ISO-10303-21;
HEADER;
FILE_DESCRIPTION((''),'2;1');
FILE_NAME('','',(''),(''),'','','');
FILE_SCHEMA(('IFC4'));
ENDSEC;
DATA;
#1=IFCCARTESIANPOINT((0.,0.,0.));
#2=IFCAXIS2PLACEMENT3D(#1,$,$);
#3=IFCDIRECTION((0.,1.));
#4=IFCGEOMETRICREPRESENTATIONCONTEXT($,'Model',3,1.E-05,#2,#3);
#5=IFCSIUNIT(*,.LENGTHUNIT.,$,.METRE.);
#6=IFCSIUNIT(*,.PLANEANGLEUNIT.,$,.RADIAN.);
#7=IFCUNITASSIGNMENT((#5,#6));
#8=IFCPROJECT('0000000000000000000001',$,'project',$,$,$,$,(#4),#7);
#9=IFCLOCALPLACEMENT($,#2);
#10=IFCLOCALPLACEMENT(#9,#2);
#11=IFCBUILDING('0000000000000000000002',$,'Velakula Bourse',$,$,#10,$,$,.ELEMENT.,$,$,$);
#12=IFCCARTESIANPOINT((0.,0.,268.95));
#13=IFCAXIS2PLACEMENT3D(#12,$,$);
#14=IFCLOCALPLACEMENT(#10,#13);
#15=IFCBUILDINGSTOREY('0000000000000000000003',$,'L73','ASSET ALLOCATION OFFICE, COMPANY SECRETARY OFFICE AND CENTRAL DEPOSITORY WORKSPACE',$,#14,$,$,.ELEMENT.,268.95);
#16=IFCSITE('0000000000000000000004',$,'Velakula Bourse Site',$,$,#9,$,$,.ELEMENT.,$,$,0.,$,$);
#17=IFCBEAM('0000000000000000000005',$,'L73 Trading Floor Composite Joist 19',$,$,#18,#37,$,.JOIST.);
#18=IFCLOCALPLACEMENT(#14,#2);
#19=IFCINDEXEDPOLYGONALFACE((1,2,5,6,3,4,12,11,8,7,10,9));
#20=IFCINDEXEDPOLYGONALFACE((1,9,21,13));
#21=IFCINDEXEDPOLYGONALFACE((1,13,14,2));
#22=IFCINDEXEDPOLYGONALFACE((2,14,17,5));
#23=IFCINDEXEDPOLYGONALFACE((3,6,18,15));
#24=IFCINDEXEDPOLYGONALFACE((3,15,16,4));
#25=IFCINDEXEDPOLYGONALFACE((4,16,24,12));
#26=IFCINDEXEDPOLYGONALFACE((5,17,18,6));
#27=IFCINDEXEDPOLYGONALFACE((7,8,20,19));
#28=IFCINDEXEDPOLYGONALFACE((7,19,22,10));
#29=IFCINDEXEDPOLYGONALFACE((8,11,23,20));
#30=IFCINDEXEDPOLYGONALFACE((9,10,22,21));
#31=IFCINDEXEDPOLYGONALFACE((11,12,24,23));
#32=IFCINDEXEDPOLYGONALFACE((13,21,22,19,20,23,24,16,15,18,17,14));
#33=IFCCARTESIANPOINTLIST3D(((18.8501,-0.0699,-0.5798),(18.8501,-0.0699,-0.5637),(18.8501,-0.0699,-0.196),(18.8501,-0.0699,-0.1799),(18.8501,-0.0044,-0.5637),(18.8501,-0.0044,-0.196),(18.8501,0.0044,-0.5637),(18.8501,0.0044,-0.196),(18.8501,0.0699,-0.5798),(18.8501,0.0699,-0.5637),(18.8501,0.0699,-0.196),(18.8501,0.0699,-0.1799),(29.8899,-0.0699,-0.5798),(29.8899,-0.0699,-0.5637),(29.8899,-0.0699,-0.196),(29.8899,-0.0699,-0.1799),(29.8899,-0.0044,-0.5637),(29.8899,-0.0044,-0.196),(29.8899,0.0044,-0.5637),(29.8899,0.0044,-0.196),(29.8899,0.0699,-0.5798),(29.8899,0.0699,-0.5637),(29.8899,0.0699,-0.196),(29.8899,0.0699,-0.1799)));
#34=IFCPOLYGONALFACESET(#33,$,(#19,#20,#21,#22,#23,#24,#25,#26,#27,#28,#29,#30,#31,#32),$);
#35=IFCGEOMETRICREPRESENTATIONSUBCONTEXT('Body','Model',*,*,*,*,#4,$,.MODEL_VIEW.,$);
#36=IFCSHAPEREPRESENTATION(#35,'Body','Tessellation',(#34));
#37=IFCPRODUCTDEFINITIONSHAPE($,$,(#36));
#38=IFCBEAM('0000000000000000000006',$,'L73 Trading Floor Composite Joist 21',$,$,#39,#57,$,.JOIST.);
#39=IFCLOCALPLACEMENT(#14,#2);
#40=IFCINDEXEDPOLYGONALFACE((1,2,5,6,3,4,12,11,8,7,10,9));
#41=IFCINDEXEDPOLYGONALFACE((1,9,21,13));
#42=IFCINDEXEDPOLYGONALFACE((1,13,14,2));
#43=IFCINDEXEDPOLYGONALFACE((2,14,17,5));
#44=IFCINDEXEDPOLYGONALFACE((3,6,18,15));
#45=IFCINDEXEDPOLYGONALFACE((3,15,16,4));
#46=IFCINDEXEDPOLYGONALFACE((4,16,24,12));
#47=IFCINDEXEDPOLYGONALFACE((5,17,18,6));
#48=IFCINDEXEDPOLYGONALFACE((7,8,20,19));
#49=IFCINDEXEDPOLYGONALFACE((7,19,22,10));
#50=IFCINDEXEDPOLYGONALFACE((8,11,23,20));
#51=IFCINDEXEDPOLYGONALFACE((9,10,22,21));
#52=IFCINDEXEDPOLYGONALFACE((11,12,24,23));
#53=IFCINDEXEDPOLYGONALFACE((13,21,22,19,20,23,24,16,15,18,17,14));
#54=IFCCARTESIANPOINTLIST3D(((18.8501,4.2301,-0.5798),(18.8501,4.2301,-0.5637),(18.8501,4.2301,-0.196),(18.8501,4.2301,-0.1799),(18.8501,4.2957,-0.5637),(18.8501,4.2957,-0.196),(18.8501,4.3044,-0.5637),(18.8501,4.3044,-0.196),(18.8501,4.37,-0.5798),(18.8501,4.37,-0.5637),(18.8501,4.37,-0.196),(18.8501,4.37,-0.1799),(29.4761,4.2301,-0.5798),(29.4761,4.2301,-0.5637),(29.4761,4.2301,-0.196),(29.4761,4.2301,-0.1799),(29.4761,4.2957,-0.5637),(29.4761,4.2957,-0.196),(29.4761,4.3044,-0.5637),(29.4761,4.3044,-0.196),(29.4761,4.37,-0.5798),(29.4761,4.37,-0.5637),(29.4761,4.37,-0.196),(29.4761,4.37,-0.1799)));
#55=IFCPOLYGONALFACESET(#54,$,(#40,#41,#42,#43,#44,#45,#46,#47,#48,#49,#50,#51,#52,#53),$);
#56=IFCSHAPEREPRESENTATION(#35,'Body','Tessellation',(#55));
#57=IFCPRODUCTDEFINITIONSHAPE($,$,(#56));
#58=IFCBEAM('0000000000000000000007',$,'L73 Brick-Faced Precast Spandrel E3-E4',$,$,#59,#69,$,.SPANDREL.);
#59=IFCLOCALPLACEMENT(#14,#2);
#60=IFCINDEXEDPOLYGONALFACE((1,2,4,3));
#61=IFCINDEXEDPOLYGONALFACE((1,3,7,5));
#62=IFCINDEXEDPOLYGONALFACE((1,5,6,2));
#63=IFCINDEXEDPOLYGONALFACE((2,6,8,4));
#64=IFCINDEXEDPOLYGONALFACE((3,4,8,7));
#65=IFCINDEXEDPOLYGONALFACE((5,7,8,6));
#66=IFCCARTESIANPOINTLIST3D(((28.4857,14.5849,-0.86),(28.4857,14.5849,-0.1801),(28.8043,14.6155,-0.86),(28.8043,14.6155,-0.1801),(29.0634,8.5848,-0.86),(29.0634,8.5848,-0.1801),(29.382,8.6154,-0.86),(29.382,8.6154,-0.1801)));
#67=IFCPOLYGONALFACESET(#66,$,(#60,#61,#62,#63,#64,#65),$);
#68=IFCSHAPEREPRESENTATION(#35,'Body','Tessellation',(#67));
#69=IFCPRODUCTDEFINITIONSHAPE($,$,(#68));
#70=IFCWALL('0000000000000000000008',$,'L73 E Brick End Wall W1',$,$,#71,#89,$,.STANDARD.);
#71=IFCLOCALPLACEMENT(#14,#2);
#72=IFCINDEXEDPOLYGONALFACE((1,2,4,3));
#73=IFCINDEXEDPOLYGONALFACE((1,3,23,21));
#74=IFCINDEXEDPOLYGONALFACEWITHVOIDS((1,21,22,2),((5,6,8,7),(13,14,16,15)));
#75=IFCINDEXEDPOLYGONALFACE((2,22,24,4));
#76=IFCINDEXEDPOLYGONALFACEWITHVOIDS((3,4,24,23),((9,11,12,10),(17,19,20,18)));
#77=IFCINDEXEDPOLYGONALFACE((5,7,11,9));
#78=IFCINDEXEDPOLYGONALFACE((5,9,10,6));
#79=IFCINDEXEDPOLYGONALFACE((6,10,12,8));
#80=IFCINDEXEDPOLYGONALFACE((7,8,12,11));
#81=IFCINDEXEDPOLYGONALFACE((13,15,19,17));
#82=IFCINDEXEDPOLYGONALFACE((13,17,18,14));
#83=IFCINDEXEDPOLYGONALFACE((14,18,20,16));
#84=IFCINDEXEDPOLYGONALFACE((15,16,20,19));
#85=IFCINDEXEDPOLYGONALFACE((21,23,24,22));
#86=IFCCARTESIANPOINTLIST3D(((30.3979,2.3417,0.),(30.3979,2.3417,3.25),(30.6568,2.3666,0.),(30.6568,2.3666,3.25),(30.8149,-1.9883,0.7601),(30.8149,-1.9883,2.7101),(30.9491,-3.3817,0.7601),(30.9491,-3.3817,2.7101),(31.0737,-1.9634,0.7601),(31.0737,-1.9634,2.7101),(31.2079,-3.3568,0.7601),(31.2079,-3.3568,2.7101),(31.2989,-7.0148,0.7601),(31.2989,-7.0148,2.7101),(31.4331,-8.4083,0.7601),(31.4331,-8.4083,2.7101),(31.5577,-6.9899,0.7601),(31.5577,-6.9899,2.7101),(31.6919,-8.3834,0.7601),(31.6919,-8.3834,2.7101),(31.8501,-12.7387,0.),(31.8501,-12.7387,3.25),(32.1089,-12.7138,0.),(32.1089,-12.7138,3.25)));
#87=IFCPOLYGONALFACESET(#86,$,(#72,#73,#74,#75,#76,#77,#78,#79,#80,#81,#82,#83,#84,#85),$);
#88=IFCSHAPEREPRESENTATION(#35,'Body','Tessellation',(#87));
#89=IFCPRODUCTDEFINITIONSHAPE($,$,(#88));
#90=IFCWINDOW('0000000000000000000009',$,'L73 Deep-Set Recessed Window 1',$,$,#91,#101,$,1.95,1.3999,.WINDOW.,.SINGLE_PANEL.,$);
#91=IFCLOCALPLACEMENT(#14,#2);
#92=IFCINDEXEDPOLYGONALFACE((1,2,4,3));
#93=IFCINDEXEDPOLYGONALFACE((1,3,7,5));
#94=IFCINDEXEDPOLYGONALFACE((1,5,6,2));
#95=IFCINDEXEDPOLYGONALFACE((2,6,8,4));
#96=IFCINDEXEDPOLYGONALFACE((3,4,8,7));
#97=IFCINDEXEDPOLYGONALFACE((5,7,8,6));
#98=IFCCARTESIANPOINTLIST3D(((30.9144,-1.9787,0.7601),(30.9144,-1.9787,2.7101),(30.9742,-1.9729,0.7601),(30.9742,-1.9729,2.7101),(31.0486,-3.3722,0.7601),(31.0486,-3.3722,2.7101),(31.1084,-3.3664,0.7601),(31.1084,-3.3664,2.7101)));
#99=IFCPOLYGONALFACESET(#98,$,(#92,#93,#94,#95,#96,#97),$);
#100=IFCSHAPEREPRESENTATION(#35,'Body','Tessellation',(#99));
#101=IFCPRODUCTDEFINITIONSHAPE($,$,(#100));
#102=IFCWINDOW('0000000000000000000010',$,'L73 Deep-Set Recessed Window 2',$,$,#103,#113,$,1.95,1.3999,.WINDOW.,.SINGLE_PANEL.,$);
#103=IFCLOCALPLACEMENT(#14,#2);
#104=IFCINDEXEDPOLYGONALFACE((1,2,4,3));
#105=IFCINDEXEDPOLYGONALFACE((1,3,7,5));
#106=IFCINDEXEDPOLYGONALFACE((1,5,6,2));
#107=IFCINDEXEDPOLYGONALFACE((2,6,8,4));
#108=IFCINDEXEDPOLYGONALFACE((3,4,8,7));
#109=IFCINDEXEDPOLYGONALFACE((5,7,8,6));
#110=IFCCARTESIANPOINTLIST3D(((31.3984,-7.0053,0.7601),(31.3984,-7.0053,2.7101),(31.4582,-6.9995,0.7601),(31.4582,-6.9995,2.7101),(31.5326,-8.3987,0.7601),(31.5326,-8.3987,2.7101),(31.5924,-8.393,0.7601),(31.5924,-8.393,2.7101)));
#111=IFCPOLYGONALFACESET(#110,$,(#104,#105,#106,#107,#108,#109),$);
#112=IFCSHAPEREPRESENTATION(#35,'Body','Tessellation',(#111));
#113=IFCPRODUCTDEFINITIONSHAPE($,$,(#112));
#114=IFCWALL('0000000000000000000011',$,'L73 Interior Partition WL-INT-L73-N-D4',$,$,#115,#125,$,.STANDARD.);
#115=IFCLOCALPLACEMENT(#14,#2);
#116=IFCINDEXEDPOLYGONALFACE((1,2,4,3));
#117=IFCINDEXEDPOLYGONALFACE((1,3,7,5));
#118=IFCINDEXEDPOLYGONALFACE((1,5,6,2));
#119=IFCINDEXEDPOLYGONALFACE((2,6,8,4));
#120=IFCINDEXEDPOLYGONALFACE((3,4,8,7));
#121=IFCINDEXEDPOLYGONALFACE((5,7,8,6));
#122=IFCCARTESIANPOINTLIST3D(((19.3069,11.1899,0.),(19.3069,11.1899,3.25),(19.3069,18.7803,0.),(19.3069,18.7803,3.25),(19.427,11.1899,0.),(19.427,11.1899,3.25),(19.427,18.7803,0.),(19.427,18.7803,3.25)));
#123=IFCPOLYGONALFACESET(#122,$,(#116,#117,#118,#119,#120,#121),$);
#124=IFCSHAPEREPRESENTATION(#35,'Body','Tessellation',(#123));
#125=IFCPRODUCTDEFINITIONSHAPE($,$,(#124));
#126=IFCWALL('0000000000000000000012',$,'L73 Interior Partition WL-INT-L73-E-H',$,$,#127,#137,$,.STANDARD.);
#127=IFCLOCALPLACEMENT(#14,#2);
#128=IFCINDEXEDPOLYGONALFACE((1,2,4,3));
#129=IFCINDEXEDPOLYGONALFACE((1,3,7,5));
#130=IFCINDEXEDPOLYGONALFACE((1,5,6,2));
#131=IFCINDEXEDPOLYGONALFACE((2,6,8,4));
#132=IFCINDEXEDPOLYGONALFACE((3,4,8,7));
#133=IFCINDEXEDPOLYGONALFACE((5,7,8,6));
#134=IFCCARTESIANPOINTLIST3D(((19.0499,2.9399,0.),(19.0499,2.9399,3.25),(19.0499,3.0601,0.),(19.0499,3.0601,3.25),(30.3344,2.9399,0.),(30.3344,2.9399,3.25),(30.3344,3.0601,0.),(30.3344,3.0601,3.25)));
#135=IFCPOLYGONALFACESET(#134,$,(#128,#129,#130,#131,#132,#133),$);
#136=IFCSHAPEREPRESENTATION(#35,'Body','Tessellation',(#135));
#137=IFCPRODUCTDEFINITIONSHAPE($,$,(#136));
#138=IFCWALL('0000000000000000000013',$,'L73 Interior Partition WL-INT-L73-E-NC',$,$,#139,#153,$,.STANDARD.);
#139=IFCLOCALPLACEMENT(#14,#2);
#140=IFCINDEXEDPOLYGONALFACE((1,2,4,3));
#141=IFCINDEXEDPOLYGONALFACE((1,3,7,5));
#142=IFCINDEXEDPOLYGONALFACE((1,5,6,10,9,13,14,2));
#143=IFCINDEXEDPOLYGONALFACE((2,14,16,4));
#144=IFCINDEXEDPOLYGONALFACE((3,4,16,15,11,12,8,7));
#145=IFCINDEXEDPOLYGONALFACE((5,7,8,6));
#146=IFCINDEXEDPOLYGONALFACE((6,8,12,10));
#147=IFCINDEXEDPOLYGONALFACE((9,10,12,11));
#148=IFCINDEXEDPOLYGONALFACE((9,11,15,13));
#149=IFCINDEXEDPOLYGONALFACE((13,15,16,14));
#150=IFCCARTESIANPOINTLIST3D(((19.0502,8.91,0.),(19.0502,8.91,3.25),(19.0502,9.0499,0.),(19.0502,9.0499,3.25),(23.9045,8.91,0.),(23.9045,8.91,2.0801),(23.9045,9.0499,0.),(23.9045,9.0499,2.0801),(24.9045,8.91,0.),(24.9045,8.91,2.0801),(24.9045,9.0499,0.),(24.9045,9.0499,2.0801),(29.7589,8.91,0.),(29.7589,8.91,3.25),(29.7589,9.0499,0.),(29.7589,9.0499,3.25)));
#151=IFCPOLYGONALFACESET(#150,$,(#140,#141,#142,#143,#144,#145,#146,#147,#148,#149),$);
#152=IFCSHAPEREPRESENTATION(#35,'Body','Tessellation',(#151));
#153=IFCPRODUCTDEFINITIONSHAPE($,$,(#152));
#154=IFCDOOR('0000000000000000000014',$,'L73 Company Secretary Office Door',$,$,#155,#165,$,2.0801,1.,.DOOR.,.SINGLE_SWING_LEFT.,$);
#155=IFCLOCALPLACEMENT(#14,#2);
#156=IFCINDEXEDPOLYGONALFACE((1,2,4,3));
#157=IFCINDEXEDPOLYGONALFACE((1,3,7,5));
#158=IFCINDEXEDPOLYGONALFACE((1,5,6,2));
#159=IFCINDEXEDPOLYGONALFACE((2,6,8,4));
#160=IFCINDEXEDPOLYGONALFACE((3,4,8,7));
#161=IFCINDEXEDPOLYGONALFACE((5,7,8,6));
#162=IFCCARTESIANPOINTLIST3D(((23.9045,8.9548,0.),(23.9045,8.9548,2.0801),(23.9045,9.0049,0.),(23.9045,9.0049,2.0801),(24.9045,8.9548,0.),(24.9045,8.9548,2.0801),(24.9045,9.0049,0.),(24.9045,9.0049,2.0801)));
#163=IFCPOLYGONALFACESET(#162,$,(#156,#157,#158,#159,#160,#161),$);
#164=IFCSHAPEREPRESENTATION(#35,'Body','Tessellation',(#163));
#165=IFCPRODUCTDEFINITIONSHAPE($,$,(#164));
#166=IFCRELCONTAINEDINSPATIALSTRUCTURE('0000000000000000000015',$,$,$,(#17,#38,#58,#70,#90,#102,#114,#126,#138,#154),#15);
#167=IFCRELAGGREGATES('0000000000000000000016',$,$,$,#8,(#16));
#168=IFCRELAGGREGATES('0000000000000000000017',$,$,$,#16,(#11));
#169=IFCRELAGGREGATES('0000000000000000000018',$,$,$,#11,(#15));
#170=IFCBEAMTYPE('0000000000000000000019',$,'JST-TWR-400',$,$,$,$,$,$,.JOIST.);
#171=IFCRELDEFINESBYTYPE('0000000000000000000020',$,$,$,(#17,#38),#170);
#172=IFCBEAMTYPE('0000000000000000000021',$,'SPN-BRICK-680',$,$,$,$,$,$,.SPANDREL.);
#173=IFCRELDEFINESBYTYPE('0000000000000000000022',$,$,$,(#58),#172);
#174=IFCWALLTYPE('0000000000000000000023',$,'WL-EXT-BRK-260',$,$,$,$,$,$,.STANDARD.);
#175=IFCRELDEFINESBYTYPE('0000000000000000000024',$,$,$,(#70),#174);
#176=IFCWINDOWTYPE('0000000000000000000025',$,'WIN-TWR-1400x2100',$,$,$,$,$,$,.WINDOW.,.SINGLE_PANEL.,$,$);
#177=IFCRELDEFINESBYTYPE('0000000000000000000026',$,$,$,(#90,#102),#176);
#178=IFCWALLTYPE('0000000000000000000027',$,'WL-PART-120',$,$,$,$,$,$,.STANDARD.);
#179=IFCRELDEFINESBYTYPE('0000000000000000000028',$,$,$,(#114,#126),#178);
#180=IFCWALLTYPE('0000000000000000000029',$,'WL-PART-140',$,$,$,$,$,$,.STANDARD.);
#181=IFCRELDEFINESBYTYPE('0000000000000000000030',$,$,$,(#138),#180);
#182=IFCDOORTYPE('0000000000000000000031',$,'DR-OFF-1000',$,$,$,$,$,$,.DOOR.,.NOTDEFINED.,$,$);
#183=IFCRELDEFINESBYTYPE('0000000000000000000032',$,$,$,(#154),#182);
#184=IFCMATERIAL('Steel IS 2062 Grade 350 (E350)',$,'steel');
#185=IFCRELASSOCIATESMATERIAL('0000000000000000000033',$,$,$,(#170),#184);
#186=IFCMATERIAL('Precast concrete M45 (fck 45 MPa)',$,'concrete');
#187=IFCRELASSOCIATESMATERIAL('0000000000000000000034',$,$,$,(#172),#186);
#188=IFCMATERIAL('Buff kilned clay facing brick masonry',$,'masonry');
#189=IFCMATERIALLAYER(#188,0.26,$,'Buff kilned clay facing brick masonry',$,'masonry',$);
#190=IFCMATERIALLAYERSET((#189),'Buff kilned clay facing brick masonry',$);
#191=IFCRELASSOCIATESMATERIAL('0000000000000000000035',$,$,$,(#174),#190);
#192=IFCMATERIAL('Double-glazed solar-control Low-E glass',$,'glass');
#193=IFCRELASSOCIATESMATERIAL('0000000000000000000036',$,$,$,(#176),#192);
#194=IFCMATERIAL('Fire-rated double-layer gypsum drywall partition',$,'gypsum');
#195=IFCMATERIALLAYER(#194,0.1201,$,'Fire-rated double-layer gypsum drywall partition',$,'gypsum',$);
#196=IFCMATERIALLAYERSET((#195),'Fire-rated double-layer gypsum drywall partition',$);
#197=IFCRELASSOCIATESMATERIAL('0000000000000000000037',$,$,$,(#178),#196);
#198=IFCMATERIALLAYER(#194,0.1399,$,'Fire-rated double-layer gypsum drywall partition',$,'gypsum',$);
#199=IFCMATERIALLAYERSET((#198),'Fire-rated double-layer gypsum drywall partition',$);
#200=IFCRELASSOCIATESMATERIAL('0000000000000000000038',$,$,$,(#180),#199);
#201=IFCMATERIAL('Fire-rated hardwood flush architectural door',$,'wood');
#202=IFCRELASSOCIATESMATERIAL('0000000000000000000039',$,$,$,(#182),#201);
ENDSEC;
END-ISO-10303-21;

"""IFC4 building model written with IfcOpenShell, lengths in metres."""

from ifc_helpers import new_model, si_unit, direction, frame, frame_2d, origin, origin_2d, place, context, subcontext, project, spatial, rectangle, i_section, extrude, material, layer, layer_set, material_profile, profile_set, type_object, element, fill, save


model = new_model("IFC4")

# Units and contexts
model_context = context("Model", 3, precision=1e-05, world=origin(), true_north=direction((0.0, 1.0)))
body_context = subcontext(model_context, "Body", "Model", "MODEL_VIEW")
ifc_project = project(units=[si_unit("LENGTHUNIT", "METRE"), si_unit("PLANEANGLEUNIT", "RADIAN")], contexts=[model_context])

# Site, building, storey
site_placement = place(None, origin())
site = spatial("IfcSite", under=ifc_project, at=site_placement, Name="Velakula Bourse Site", CompositionType="ELEMENT", RefElevation=0.0)
building_placement = place(site_placement, origin())
building = spatial("IfcBuilding", under=site, at=building_placement, Name="Velakula Bourse", CompositionType="ELEMENT")
storey_placement = place(building_placement, frame((0.0, 0.0, 268.95)))
storey = spatial("IfcBuildingStorey", under=building, at=storey_placement, Name="L73", Description="ASSET ALLOCATION OFFICE, COMPANY SECRETARY OFFICE AND CENTRAL DEPOSITORY WORKSPACE", CompositionType="ELEMENT", Elevation=268.95)

# Shared definitions
ifc_material_1 = material(Name="Steel IS 2062 Grade 350 (E350)", Category="steel")

# Beams
ifc_material_profile_1 = material_profile(ifc_material_1, i_section(OverallWidth=0.1399, OverallDepth=0.3999, WebThickness=0.0088, FlangeThickness=0.0161, at=origin_2d()), Name="Steel IS 2062 Grade 350 (E350)")
ifc_profile_set_1 = profile_set([ifc_material_profile_1], Name="Steel IS 2062 Grade 350 (E350)")
beam_type_1 = type_object("IfcBeamType", Name="JST-TWR-400", PredefinedType="JOIST", material=ifc_profile_set_1)
beam_1_placement = place(storey_placement, frame((18.8501, 0.0, -0.3799), z_axis=(1.0, 0.0, 0.0), x_axis=(0.0, 1.0, 0.0)))
element("IfcBeam", 1, at=beam_1_placement, inside=storey, type_object=beam_type_1, Name="L73 Trading Floor Composite Joist 19", PredefinedType="JOIST", context=body_context, shape_type="SweptSolid", body=[
    extrude(i_section(OverallWidth=0.1399, OverallDepth=0.3999, WebThickness=0.0088, FlangeThickness=0.0161, at=origin_2d()), origin(), (0.0, 0.0, 1.0), 11.0398),
])
beam_2_placement = place(storey_placement, frame((18.8501, 4.3, -0.3799), z_axis=(1.0, 0.0, 0.0), x_axis=(0.0, 1.0, 0.0)))
element("IfcBeam", 2, at=beam_2_placement, inside=storey, type_object=beam_type_1, Name="L73 Trading Floor Composite Joist 21", PredefinedType="JOIST", context=body_context, shape_type="SweptSolid", body=[
    extrude(i_section(OverallWidth=0.1399, OverallDepth=0.3999, WebThickness=0.0088, FlangeThickness=0.0161, at=origin_2d()), origin(), (0.0, 0.0, 1.0), 10.626),
])
ifc_material_2 = material(Name="Precast concrete M45 (fck 45 MPa)", Category="concrete")
ifc_material_profile_2 = material_profile(ifc_material_2, rectangle(XDim=0.3201, YDim=0.6799, at=origin_2d()), Name="Precast concrete M45 (fck 45 MPa)")
ifc_profile_set_2 = profile_set([ifc_material_profile_2], Name="Precast concrete M45 (fck 45 MPa)")
beam_type_2 = type_object("IfcBeamType", Name="SPN-BRICK-680", PredefinedType="SPANDREL", material=ifc_profile_set_2)
beam_3_placement = place(storey_placement, frame((29.2227, 8.6001, -0.52), z_axis=(-0.09583, 0.995398, 0.0), x_axis=(-0.995398, -0.09583, 0.0)))
element("IfcBeam", 3, at=beam_3_placement, inside=storey, type_object=beam_type_2, Name="L73 Brick-Faced Precast Spandrel E3-E4", PredefinedType="SPANDREL", context=body_context, shape_type="SweptSolid", body=[
    extrude(rectangle(XDim=0.3201, YDim=0.6799, at=origin_2d()), origin(), (0.0, 0.0, 1.0), 6.0278),
])

# Wall, openings, windows
ifc_material_3 = material(Name="Buff kilned clay facing brick masonry", Category="masonry")
ifc_layer_1 = layer(ifc_material_3, 0.26, Name="Buff kilned clay facing brick masonry", Category="masonry")
ifc_layer_set_1 = layer_set([ifc_layer_1], Name="Buff kilned clay facing brick masonry")
wall_type_1 = type_object("IfcWallType", Name="WL-EXT-BRK-260", PredefinedType="STANDARD", material=ifc_layer_set_1)
wall_1_placement = place(storey_placement, frame((30.5273, 2.3542, 0.0), z_axis=(0.0, 0.0, 1.0), x_axis=(0.095851, -0.995396, 0.0)))
wall_1 = element("IfcWall", 4, at=wall_1_placement, inside=storey, type_object=wall_type_1, Name="L73 E Brick End Wall W1", PredefinedType="STANDARD", context=body_context, shape_type="SweptSolid", body=[
    extrude(rectangle(XDim=15.1501, YDim=0.26, at=frame_2d((7.5752, 0.0))), origin(), (0.0, 0.0, 1.0), 3.25),
])
opening_1_placement = place(wall_1_placement, frame((4.3501, 0.0, 0.76)))
opening_1 = element("IfcOpeningElement", 5, at=opening_1_placement, cuts=wall_1, PredefinedType="OPENING", context=body_context, shape_type="SweptSolid", body=[
    extrude(rectangle(XDim=1.3999, YDim=1.95, at=frame_2d((0.7, 0.9751))), frame((0.0, 0.1399, 0.0), z_axis=(0.0, -1.0, 0.0), x_axis=(1.0, 0.0, 0.0)), (0.0, 0.0, 1.0), 0.28),
])
opening_2_placement = place(wall_1_placement, frame((9.3999, 0.0, 0.76)))
opening_2 = element("IfcOpeningElement", 6, at=opening_2_placement, cuts=wall_1, PredefinedType="OPENING", context=body_context, shape_type="SweptSolid", body=[
    extrude(rectangle(XDim=1.3999, YDim=1.95, at=frame_2d((0.7, 0.9751))), frame((0.0, 0.1399, 0.0), z_axis=(0.0, -1.0, 0.0), x_axis=(1.0, 0.0, 0.0)), (0.0, 0.0, 1.0), 0.28),
])
ifc_material_4 = material(Name="Double-glazed solar-control Low-E glass", Category="glass")
window_type = type_object("IfcWindowType", Name="WIN-TWR-1400x2100", PartitioningType="SINGLE_PANEL", PredefinedType="WINDOW", material=ifc_material_4)
window_1_placement = place(opening_1_placement, origin())
window_1 = element("IfcWindow", 7, at=window_1_placement, inside=storey, type_object=window_type, Name="L73 Deep-Set Recessed Window 1", OverallHeight=1.95, OverallWidth=1.3999, PartitioningType="SINGLE_PANEL", PredefinedType="WINDOW", context=body_context, shape_type="SweptSolid", body=[
    extrude(rectangle(XDim=1.3999, YDim=1.95, at=frame_2d((0.7, 0.9751))), frame((0.0, 0.03, 0.0), z_axis=(0.0, -1.0, 0.0), x_axis=(1.0, 0.0, 0.0)), (0.0, 0.0, 1.0), 0.0601),
])
fill(opening_1, window_1)
window_2_placement = place(opening_2_placement, origin())
window_2 = element("IfcWindow", 8, at=window_2_placement, inside=storey, type_object=window_type, Name="L73 Deep-Set Recessed Window 2", OverallHeight=1.95, OverallWidth=1.3999, PartitioningType="SINGLE_PANEL", PredefinedType="WINDOW", context=body_context, shape_type="SweptSolid", body=[
    extrude(rectangle(XDim=1.3999, YDim=1.95, at=frame_2d((0.7, 0.9751))), frame((0.0, 0.03, 0.0), z_axis=(0.0, -1.0, 0.0), x_axis=(1.0, 0.0, 0.0)), (0.0, 0.0, 1.0), 0.0601),
])
fill(opening_2, window_2)

# Walls
ifc_material_5 = material(Name="Fire-rated double-layer gypsum drywall partition", Category="gypsum")
ifc_layer_2 = layer(ifc_material_5, 0.1201, Name="Fire-rated double-layer gypsum drywall partition", Category="gypsum")
ifc_layer_set_2 = layer_set([ifc_layer_2], Name="Fire-rated double-layer gypsum drywall partition")
wall_type_2 = type_object("IfcWallType", Name="WL-PART-120", PredefinedType="STANDARD", material=ifc_layer_set_2)
wall_2_placement = place(storey_placement, frame((19.3669, 11.1899, 0.0), z_axis=(0.0, 0.0, 1.0), x_axis=(0.0, 1.0, 0.0)))
element("IfcWall", 9, at=wall_2_placement, inside=storey, type_object=wall_type_2, Name="L73 Interior Partition WL-INT-L73-N-D4", PredefinedType="STANDARD", context=body_context, shape_type="SweptSolid", body=[
    extrude(rectangle(XDim=7.5903, YDim=0.1201, at=frame_2d((3.7952, 0.0))), origin(), (0.0, 0.0, 1.0), 3.25),
])
wall_3_placement = place(storey_placement, frame((19.05, 3.0, 0.0), z_axis=(0.0, 0.0, 1.0), x_axis=(1.0, 0.0, 0.0)))
element("IfcWall", 10, at=wall_3_placement, inside=storey, type_object=wall_type_2, Name="L73 Interior Partition WL-INT-L73-E-H", PredefinedType="STANDARD", context=body_context, shape_type="SweptSolid", body=[
    extrude(rectangle(XDim=11.2844, YDim=0.1201, at=frame_2d((5.6421, 0.0))), origin(), (0.0, 0.0, 1.0), 3.25),
])

# Wall, opening, door
ifc_layer_3 = layer(ifc_material_5, 0.1399, Name="Fire-rated double-layer gypsum drywall partition", Category="gypsum")
ifc_layer_set_3 = layer_set([ifc_layer_3], Name="Fire-rated double-layer gypsum drywall partition")
wall_type_3 = type_object("IfcWallType", Name="WL-PART-140", PredefinedType="STANDARD", material=ifc_layer_set_3)
wall_4_placement = place(storey_placement, frame((19.05, 8.98, 0.0), z_axis=(0.0, 0.0, 1.0), x_axis=(1.0, 0.0, 0.0)))
wall_4 = element("IfcWall", 11, at=wall_4_placement, inside=storey, type_object=wall_type_3, Name="L73 Interior Partition WL-INT-L73-E-NC", PredefinedType="STANDARD", context=body_context, shape_type="SweptSolid", body=[
    extrude(rectangle(XDim=10.7087, YDim=0.1399, at=frame_2d((5.3545, 0.0))), origin(), (0.0, 0.0, 1.0), 3.25),
])
opening_3_placement = place(wall_4_placement, frame((4.8545, 0.0, 0.0)))
opening_3 = element("IfcOpeningElement", 12, at=opening_3_placement, cuts=wall_4, PredefinedType="OPENING", context=body_context, shape_type="SweptSolid", body=[
    extrude(rectangle(XDim=1.0, YDim=2.0801, at=frame_2d((0.5, 1.04))), frame((0.0, 0.0798, 0.0), z_axis=(0.0, -1.0, 0.0), x_axis=(1.0, 0.0, 0.0)), (0.0, 0.0, 1.0), 0.1599),
])
ifc_material_6 = material(Name="Fire-rated hardwood flush architectural door", Category="wood")
door_type = type_object("IfcDoorType", Name="DR-OFF-1000", OperationType="NOTDEFINED", PredefinedType="DOOR", material=ifc_material_6)
door_placement = place(opening_3_placement, origin())
door = element("IfcDoor", 13, at=door_placement, inside=storey, type_object=door_type, Name="L73 Company Secretary Office Door", OperationType="SINGLE_SWING_LEFT", OverallHeight=2.0801, OverallWidth=1.0, PredefinedType="DOOR", context=body_context, shape_type="SweptSolid", body=[
    extrude(rectangle(XDim=1.0, YDim=2.0801, at=frame_2d((0.5, 1.04))), frame((0.0, 0.0249, 0.0), z_axis=(0.0, -1.0, 0.0), x_axis=(1.0, 0.0, 0.0)), (0.0, 0.0, 1.0), 0.05),
])
fill(opening_3, door)

save(model, "model.ifc")
